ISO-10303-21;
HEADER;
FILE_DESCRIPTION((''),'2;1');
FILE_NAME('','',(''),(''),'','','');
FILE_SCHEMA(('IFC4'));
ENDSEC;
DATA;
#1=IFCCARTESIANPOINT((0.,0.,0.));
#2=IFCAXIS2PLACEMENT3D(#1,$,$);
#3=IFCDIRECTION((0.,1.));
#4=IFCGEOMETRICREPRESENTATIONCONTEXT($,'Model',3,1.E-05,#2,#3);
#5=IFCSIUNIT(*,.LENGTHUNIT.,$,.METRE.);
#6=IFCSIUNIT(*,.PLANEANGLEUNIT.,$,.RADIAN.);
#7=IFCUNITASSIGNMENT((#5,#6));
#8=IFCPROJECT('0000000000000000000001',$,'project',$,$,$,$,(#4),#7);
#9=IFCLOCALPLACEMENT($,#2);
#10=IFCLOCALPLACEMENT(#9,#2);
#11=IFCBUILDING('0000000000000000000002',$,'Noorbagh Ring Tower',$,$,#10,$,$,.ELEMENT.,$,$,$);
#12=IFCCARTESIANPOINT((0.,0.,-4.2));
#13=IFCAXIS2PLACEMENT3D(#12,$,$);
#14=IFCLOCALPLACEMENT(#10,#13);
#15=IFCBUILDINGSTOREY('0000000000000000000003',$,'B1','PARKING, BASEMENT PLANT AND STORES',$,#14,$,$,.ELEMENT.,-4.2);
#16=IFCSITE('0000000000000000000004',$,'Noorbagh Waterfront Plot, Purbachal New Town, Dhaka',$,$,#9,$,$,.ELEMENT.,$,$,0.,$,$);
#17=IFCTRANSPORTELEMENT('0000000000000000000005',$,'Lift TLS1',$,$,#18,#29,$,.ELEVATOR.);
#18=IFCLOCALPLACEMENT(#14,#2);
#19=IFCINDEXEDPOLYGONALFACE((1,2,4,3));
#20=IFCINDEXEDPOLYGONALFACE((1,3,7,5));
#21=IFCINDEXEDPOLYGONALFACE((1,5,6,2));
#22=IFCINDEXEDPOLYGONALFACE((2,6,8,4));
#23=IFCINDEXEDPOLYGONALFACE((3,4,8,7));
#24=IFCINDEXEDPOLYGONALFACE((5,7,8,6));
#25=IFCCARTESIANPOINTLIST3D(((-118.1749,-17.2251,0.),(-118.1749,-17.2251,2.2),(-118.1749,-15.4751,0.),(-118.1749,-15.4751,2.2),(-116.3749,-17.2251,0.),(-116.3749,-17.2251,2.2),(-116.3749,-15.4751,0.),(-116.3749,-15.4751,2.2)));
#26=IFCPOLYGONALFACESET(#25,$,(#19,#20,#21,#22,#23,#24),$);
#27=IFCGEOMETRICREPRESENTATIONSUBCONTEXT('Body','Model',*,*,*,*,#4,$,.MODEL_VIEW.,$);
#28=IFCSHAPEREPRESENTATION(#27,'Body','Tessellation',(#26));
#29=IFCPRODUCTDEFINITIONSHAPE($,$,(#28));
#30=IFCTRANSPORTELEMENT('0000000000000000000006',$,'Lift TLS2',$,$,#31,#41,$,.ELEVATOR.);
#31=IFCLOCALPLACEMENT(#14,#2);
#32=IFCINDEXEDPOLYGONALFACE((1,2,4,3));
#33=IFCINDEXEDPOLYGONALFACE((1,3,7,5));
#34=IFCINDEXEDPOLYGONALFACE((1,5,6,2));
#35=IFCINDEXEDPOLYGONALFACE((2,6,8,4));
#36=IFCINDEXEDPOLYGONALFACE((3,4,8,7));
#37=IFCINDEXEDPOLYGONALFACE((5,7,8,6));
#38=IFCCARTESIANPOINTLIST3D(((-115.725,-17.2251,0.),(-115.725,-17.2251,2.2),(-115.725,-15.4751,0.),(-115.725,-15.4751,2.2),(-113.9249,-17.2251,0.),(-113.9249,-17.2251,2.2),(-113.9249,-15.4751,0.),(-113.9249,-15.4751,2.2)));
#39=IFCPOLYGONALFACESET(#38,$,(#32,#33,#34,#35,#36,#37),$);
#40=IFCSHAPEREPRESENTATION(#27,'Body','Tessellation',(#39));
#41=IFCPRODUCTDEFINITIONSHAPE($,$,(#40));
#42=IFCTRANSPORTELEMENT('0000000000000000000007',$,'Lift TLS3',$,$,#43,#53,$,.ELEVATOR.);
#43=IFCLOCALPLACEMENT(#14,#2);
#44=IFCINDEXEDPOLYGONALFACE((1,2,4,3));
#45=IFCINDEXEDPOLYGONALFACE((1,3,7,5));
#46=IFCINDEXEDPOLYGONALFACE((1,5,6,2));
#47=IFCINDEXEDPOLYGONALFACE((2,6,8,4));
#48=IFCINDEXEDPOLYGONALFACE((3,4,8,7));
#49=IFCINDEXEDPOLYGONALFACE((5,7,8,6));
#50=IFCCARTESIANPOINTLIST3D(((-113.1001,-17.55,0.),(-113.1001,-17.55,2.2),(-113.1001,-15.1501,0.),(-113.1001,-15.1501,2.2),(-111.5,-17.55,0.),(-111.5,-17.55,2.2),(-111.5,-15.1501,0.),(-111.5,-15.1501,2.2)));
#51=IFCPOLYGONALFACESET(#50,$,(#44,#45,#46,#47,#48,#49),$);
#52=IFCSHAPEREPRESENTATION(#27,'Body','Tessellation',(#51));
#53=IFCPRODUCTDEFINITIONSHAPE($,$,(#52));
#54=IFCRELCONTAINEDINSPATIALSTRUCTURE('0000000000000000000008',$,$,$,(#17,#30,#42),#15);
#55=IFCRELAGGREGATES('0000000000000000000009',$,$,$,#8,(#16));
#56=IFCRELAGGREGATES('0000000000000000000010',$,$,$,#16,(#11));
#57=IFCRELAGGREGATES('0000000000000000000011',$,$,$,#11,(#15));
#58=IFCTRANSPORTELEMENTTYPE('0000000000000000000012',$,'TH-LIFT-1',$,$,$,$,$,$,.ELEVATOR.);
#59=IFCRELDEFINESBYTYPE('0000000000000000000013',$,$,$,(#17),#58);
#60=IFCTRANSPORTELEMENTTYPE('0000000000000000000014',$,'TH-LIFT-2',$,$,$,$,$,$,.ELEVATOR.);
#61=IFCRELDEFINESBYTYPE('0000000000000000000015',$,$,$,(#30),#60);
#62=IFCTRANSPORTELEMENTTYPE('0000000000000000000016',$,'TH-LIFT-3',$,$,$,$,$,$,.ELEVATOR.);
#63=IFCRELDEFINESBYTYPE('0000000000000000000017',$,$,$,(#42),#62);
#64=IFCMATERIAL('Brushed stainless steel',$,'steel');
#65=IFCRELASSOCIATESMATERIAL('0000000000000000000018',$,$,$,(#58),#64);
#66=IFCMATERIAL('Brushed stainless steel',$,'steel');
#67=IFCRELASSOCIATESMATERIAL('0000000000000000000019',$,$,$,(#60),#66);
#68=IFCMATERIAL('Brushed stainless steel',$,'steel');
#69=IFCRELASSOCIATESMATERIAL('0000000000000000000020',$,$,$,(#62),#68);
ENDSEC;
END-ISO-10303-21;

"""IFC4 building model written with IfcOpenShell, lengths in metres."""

from ifc_helpers import new_model, si_unit, direction, frame, origin, origin_2d, place, context, subcontext, project, spatial, rectangle, extrude, material, type_object, element, save


model = new_model("IFC4")

# Units and contexts
model_context = context("Model", 3, precision=1e-05, world=origin(), true_north=direction((0.0, 1.0)))
body_context = subcontext(model_context, "Body", "Model", "MODEL_VIEW")
ifc_project = project(units=[si_unit("LENGTHUNIT", "METRE"), si_unit("PLANEANGLEUNIT", "RADIAN")], contexts=[model_context])

# Site, building, storey
site_placement = place(None, origin())
site = spatial("IfcSite", under=ifc_project, at=site_placement, Name="Noorbagh Waterfront Plot, Purbachal New Town, Dhaka", CompositionType="ELEMENT", RefElevation=0.0)
building_placement = place(site_placement, origin())
building = spatial("IfcBuilding", under=site, at=building_placement, Name="Noorbagh Ring Tower", CompositionType="ELEMENT")
storey_placement = place(building_placement, frame((0.0, 0.0, -4.2)))
storey = spatial("IfcBuildingStorey", under=building, at=storey_placement, Name="B1", Description="PARKING, BASEMENT PLANT AND STORES", CompositionType="ELEMENT", Elevation=-4.2)

# Transport elements
ifc_material_1 = material(Name="Brushed stainless steel", Category="steel")
transport_element_type_1 = type_object("IfcTransportElementType", Name="TH-LIFT-1", PredefinedType="ELEVATOR", material=ifc_material_1)
transport_element_1_placement = place(storey_placement, frame((-117.2749, -16.3501, 0.0), z_axis=(0.0, 0.0, 1.0), x_axis=(1.0, 0.0, 0.0)))
element("IfcTransportElement", 1, at=transport_element_1_placement, inside=storey, type_object=transport_element_type_1, Name="Lift TLS1", PredefinedType="ELEVATOR", context=body_context, shape_type="SweptSolid", body=[
    extrude(rectangle(XDim=1.8, YDim=1.75, at=origin_2d()), origin(), (0.0, 0.0, 1.0), 2.2),
])
ifc_material_2 = material(Name="Brushed stainless steel", Category="steel")
transport_element_type_2 = type_object("IfcTransportElementType", Name="TH-LIFT-2", PredefinedType="ELEVATOR", material=ifc_material_2)
transport_element_2_placement = place(storey_placement, frame((-114.825, -16.3501, 0.0), z_axis=(0.0, 0.0, 1.0), x_axis=(1.0, 0.0, 0.0)))
element("IfcTransportElement", 2, at=transport_element_2_placement, inside=storey, type_object=transport_element_type_2, Name="Lift TLS2", PredefinedType="ELEVATOR", context=body_context, shape_type="SweptSolid", body=[
    extrude(rectangle(XDim=1.8, YDim=1.75, at=origin_2d()), origin(), (0.0, 0.0, 1.0), 2.2),
])
ifc_material_3 = material(Name="Brushed stainless steel", Category="steel")
transport_element_type_3 = type_object("IfcTransportElementType", Name="TH-LIFT-3", PredefinedType="ELEVATOR", material=ifc_material_3)
transport_element_3_placement = place(storey_placement, frame((-112.3, -16.3501, 0.0), z_axis=(0.0, 0.0, 1.0), x_axis=(1.0, 0.0, 0.0)))
element("IfcTransportElement", 3, at=transport_element_3_placement, inside=storey, type_object=transport_element_type_3, Name="Lift TLS3", PredefinedType="ELEVATOR", context=body_context, shape_type="SweptSolid", body=[
    extrude(rectangle(XDim=1.6001, YDim=2.3999, at=origin_2d()), origin(), (0.0, 0.0, 1.0), 2.2),
])

save(model, "model.ifc")
